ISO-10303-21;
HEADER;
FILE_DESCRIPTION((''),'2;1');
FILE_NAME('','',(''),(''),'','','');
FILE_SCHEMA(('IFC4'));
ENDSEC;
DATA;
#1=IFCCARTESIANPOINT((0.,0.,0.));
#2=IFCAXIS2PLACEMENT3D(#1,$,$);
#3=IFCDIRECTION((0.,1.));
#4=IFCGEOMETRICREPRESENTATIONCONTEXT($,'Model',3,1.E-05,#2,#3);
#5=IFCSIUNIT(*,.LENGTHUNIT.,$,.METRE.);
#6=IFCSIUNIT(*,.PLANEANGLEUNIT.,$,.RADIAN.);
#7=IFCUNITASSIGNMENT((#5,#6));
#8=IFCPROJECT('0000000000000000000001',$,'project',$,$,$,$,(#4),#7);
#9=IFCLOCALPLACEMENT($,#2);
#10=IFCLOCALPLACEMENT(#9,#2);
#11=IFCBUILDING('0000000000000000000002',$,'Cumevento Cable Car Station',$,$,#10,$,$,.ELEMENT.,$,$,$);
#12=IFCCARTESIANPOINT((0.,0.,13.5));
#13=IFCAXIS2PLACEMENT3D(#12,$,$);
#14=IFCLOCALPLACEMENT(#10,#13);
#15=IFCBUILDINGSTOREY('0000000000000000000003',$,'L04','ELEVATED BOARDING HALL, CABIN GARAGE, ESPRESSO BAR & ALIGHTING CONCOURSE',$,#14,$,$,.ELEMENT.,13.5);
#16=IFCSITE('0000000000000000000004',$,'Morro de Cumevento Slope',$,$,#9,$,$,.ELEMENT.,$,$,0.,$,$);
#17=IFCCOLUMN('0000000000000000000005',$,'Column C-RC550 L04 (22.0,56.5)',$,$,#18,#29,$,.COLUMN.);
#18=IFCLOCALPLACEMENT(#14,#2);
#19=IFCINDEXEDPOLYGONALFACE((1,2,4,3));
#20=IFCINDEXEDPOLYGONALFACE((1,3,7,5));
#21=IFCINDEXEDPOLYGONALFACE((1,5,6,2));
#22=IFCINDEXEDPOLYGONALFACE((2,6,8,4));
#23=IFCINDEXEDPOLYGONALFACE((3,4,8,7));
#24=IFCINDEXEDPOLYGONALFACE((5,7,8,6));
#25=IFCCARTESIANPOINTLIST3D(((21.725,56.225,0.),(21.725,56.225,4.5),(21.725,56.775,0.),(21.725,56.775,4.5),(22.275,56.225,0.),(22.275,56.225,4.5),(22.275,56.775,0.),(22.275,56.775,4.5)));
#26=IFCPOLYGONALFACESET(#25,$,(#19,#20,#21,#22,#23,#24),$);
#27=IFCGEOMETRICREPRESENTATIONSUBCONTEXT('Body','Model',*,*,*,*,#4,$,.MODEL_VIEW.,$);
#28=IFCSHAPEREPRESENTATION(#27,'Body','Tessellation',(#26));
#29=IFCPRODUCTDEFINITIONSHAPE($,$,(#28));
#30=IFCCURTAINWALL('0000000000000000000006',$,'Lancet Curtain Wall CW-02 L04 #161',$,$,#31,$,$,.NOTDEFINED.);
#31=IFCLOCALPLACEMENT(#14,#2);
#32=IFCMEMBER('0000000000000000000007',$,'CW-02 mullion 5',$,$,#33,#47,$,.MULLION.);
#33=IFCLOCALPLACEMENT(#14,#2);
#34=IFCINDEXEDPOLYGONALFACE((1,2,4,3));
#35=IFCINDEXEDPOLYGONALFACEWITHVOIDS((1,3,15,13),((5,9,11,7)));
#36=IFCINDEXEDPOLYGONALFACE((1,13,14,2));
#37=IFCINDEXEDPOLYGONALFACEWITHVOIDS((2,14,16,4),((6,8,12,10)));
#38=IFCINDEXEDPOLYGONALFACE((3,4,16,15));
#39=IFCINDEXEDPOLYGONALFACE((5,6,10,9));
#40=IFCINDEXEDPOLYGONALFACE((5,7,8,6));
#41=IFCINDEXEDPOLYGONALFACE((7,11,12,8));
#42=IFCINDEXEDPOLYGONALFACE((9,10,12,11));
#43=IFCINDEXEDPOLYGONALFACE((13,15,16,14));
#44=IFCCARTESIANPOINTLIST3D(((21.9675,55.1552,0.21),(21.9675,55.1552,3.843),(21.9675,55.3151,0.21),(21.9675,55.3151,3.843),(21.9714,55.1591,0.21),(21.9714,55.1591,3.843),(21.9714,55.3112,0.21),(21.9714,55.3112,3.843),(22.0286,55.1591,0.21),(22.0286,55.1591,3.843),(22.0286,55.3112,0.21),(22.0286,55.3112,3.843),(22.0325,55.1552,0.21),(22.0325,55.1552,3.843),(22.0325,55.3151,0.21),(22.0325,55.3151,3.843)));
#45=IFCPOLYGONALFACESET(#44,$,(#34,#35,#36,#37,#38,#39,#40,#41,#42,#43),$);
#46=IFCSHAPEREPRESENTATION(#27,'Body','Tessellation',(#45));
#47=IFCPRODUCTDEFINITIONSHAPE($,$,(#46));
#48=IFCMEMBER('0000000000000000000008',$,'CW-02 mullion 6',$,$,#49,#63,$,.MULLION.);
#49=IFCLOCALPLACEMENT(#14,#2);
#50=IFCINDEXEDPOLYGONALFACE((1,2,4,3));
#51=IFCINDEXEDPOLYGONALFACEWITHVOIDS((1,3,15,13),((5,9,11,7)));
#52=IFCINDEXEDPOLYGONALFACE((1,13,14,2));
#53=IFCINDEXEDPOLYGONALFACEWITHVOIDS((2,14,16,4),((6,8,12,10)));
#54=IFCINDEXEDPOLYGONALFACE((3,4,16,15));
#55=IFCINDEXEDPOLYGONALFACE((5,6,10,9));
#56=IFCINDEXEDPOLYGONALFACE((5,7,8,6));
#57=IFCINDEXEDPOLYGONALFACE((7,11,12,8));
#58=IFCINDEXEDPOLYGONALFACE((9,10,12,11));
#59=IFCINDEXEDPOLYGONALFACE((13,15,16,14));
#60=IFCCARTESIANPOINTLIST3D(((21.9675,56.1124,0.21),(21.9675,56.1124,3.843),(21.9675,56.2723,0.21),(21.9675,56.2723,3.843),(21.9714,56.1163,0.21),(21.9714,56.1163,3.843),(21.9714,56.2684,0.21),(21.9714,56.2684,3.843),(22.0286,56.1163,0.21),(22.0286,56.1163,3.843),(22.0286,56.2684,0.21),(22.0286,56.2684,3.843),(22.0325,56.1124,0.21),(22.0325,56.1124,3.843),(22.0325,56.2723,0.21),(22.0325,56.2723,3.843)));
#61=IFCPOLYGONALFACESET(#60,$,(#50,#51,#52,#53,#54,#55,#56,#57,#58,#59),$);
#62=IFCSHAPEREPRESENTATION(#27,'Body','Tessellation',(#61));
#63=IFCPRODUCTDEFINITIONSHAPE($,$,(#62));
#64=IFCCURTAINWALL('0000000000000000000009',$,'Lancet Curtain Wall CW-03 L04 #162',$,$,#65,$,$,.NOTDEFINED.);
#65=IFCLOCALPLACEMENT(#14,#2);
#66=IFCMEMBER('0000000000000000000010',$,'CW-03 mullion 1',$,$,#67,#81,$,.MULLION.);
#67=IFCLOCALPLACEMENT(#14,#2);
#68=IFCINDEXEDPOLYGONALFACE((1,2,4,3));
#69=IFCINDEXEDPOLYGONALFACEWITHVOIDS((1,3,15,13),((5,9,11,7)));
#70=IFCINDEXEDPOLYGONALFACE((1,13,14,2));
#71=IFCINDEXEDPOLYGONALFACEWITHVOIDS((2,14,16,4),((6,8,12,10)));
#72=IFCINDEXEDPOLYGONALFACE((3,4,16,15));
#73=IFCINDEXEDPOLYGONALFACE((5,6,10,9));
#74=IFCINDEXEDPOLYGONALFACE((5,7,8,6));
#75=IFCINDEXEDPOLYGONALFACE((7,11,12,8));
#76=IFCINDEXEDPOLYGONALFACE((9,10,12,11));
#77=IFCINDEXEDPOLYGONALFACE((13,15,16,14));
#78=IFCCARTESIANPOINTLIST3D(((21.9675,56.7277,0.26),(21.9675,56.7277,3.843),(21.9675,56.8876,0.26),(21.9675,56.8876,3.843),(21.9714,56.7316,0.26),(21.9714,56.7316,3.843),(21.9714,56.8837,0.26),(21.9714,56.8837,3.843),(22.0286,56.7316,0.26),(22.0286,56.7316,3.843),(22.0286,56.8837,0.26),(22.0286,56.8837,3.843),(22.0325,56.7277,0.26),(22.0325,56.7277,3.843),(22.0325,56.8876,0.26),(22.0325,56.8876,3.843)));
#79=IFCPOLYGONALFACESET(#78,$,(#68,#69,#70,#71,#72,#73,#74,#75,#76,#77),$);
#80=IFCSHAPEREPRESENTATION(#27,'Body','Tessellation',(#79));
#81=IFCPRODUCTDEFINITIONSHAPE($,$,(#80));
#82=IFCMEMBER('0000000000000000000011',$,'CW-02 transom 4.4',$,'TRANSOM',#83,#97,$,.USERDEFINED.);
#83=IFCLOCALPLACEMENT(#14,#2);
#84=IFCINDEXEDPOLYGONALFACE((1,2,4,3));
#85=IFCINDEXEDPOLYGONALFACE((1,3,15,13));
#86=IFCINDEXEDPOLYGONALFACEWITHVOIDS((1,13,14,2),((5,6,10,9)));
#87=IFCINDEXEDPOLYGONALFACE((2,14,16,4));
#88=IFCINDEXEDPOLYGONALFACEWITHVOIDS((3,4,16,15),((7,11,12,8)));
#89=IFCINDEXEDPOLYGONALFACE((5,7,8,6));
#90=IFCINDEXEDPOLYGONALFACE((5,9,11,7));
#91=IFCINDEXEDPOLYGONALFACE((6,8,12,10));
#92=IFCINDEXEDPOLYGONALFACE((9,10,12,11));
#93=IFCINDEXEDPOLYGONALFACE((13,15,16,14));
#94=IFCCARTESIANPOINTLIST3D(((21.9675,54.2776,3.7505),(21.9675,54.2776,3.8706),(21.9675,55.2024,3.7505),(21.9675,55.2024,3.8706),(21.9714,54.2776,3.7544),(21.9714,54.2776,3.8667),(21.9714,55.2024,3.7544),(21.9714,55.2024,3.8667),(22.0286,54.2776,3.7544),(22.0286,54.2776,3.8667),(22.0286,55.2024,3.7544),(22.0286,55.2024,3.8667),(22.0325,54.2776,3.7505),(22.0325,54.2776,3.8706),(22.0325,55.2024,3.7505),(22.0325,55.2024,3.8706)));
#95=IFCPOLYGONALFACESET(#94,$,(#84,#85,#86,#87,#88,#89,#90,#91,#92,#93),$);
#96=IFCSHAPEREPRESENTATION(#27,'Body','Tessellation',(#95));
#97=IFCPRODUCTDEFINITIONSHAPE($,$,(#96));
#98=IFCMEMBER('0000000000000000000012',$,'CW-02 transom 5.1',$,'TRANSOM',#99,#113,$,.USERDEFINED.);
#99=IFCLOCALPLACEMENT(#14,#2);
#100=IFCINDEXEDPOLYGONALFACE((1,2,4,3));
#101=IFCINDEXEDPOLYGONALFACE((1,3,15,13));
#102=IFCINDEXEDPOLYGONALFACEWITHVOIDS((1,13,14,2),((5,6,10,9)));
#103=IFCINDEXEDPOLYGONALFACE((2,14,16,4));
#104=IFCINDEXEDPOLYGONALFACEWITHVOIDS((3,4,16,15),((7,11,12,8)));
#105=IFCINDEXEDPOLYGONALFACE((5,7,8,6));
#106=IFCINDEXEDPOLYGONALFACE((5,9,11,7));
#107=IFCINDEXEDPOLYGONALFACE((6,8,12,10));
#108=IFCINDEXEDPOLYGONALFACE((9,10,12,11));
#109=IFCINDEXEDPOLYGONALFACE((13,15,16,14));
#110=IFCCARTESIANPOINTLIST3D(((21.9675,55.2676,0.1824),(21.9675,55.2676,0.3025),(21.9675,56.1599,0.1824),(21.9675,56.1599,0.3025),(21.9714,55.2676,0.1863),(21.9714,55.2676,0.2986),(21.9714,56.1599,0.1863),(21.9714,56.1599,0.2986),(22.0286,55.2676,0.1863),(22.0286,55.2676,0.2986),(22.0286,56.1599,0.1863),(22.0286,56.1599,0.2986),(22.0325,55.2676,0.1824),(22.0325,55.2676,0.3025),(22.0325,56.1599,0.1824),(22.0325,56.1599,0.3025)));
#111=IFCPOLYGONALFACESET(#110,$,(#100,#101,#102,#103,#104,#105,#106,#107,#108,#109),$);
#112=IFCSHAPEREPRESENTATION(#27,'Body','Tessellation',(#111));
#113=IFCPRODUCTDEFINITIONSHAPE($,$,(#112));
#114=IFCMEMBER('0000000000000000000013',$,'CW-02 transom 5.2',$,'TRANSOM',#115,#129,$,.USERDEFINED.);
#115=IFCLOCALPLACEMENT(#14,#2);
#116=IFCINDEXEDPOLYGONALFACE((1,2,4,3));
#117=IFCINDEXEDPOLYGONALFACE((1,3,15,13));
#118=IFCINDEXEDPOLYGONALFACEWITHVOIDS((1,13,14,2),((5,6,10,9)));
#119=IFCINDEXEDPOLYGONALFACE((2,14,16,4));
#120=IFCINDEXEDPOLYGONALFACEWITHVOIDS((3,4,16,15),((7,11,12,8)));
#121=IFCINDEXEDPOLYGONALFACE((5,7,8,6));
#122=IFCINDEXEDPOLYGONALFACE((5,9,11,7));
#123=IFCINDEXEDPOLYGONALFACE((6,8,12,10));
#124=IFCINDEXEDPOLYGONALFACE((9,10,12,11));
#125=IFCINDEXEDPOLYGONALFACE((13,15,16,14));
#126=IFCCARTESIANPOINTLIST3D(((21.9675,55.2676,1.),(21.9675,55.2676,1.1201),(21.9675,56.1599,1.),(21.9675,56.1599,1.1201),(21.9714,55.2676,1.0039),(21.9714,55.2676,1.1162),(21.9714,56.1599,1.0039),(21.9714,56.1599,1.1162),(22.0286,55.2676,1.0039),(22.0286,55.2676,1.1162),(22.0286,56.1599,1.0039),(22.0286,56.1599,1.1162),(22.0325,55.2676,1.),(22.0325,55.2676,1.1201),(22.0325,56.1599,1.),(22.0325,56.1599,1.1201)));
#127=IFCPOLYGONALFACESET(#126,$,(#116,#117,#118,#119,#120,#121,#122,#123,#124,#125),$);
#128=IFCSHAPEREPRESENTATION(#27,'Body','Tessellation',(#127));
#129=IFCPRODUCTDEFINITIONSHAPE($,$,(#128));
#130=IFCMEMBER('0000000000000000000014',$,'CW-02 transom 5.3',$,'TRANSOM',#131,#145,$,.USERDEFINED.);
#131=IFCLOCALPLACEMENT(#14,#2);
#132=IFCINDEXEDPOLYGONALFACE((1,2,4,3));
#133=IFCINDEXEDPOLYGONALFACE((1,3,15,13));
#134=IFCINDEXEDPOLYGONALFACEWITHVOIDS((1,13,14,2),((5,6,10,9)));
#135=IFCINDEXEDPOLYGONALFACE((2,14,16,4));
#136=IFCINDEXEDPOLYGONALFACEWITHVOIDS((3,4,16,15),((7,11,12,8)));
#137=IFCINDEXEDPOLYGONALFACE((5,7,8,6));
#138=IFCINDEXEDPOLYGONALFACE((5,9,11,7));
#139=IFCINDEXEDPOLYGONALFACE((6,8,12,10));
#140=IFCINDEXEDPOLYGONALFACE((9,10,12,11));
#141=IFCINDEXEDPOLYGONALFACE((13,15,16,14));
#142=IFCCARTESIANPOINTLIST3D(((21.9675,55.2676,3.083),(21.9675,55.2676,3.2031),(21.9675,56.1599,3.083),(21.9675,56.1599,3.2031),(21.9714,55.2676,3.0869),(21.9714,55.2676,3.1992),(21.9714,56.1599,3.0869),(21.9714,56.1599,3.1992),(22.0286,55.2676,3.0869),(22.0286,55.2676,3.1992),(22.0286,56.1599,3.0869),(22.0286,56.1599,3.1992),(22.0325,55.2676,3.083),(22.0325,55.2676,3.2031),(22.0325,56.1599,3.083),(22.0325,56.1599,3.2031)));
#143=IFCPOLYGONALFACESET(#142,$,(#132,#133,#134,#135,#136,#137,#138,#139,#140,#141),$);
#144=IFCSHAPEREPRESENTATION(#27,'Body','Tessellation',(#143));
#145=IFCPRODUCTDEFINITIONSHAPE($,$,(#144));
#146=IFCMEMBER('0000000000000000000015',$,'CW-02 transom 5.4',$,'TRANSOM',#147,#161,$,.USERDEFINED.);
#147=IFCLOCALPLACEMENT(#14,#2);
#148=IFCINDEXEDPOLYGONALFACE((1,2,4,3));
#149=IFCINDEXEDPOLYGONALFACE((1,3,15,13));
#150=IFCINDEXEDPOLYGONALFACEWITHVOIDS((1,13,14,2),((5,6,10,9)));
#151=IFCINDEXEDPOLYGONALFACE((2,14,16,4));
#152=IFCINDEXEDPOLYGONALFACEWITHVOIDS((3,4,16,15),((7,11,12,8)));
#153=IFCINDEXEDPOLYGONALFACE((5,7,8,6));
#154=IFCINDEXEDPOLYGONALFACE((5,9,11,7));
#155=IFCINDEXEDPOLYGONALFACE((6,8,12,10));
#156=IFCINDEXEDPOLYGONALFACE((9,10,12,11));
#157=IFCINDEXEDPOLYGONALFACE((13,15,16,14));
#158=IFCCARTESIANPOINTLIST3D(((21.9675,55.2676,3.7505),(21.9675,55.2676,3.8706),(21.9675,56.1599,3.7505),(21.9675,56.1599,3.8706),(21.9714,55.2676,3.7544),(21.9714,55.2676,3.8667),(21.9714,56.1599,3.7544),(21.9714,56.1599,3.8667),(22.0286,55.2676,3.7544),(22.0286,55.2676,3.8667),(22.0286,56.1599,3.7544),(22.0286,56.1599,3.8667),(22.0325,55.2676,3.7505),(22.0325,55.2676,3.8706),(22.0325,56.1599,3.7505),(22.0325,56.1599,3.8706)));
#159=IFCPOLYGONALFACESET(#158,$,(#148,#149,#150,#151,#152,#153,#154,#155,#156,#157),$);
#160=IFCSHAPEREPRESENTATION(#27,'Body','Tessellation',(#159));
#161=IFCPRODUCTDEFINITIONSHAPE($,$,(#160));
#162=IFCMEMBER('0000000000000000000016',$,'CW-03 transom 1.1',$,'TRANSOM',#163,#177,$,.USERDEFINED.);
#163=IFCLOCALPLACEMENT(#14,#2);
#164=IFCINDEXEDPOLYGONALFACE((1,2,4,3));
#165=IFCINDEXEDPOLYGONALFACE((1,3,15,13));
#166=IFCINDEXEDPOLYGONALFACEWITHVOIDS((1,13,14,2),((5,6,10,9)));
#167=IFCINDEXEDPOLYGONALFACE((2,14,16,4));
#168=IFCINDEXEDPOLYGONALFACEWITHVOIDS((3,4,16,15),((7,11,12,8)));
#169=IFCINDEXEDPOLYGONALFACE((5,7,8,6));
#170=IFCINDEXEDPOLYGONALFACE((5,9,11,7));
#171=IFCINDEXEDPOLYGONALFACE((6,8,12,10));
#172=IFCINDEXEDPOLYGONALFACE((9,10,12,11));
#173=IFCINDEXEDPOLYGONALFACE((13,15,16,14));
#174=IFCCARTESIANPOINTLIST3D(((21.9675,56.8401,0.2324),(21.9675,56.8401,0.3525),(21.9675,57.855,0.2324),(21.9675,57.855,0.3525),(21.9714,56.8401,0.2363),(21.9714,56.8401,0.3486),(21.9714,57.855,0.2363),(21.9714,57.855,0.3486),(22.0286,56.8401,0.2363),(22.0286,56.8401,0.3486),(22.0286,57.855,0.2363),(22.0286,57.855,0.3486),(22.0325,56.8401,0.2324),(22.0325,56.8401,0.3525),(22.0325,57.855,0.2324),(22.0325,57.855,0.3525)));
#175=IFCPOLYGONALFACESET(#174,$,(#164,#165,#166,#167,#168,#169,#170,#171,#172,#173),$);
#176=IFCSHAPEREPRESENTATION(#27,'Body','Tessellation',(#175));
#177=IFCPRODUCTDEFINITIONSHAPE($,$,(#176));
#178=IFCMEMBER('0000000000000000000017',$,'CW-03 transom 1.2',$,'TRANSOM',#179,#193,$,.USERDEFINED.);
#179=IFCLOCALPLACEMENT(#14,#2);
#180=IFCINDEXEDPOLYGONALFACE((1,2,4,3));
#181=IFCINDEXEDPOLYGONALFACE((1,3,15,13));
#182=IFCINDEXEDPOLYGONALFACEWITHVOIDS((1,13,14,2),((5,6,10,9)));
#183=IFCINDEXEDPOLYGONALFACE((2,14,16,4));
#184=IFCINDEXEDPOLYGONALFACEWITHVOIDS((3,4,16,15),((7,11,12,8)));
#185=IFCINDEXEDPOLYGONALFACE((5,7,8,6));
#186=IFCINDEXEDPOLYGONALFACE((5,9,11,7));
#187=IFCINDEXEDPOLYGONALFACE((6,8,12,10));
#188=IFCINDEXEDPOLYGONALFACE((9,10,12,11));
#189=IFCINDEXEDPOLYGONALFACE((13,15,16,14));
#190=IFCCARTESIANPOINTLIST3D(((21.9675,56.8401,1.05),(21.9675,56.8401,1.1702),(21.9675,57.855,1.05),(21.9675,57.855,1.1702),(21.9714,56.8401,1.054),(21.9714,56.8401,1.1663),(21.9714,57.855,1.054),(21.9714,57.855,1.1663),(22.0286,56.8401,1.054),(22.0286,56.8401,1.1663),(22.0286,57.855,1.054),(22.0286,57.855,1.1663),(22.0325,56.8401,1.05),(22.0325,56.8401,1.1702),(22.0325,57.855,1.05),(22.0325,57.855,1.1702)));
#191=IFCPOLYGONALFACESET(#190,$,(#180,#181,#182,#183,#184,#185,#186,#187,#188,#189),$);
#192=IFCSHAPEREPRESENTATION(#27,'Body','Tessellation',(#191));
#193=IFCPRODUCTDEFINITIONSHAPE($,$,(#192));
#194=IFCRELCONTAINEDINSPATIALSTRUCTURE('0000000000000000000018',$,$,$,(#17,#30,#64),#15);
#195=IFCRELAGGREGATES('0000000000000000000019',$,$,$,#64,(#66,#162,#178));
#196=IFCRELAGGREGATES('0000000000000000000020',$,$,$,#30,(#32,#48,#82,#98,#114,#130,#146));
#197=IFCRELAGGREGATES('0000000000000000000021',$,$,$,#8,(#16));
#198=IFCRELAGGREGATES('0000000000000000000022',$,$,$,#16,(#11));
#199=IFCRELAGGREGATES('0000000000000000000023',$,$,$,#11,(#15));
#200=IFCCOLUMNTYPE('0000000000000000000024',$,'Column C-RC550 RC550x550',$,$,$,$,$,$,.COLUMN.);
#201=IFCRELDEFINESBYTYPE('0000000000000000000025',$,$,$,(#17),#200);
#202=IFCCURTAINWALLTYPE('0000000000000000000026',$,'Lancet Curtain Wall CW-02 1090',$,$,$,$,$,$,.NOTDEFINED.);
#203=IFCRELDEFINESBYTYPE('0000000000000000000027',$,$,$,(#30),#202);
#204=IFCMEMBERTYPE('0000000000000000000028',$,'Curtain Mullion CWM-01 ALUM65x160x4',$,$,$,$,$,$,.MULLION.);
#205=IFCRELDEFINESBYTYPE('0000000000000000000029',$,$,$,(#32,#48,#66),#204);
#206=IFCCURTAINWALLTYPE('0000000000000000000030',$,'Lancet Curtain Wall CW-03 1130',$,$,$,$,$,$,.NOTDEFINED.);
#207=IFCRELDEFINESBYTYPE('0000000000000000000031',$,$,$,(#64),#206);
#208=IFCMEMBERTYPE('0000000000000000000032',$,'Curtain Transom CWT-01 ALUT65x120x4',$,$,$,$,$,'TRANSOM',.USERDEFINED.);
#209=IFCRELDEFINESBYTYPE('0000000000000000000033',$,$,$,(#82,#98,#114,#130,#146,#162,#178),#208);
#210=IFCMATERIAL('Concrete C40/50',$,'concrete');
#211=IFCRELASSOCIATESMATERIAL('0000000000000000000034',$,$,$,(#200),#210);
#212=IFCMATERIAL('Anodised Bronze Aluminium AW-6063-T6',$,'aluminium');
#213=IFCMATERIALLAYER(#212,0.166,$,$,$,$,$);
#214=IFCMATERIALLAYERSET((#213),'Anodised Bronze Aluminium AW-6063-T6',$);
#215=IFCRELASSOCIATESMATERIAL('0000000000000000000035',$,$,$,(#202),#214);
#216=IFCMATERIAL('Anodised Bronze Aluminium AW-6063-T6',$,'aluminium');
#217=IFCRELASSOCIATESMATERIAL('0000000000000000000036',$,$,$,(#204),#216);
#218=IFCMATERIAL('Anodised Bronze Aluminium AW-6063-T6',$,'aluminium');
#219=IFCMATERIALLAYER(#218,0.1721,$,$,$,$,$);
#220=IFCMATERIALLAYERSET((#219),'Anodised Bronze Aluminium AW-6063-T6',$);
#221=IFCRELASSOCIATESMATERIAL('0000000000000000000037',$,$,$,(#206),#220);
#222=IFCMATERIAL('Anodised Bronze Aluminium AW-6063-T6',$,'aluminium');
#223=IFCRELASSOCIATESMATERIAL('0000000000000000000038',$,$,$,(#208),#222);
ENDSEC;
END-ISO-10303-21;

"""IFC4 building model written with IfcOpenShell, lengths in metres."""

from ifc_helpers import new_model, si_unit, direction, frame, origin, origin_2d, place, context, subcontext, project, spatial, rectangle, hollow_rectangle, extrude, material, layer, layer_set, material_profile, profile_set, type_object, element, aggregate, save


model = new_model("IFC4")

# Units and contexts
model_context = context("Model", 3, precision=1e-05, world=origin(), true_north=direction((0.0, 1.0)))
body_context = subcontext(model_context, "Body", "Model", "MODEL_VIEW")
ifc_project = project(units=[si_unit("LENGTHUNIT", "METRE"), si_unit("PLANEANGLEUNIT", "RADIAN")], contexts=[model_context])

# Site, building, storey
site_placement = place(None, origin())
site = spatial("IfcSite", under=ifc_project, at=site_placement, Name="Morro de Cumevento Slope", CompositionType="ELEMENT", RefElevation=0.0)
building_placement = place(site_placement, origin())
building = spatial("IfcBuilding", under=site, at=building_placement, Name="Cumevento Cable Car Station", CompositionType="ELEMENT")
storey_placement = place(building_placement, frame((0.0, 0.0, 13.5)))
storey = spatial("IfcBuildingStorey", under=building, at=storey_placement, Name="L04", Description="ELEVATED BOARDING HALL, CABIN GARAGE, ESPRESSO BAR & ALIGHTING CONCOURSE", CompositionType="ELEMENT", Elevation=13.5)

# Column
ifc_material_1 = material(Name="Concrete C40/50", Category="concrete")
ifc_material_profile_1 = material_profile(ifc_material_1, rectangle(XDim=0.55, YDim=0.55, at=origin_2d()), Name="RC550x550")
ifc_profile_set_1 = profile_set([ifc_material_profile_1], Name="Concrete C40/50")
column_type = type_object("IfcColumnType", Name="Column C-RC550 RC550x550", PredefinedType="COLUMN", material=ifc_profile_set_1)
column_placement = place(storey_placement, frame((22.0, 56.5, 0.0), z_axis=(0.0, 0.0, 1.0), x_axis=(1.0, 0.0, 0.0)))
element("IfcColumn", 1, at=column_placement, inside=storey, type_object=column_type, Name="Column C-RC550 L04 (22.0,56.5)", PredefinedType="COLUMN", context=body_context, shape_type="SweptSolid", body=[
    extrude(rectangle(XDim=0.55, YDim=0.55, at=origin_2d()), origin(), (0.0, 0.0, 1.0), 4.5),
])

# Curtain wall, members
ifc_material_2 = material(Name="Anodised Bronze Aluminium AW-6063-T6", Category="aluminium")
ifc_layer_1 = layer(ifc_material_2, 0.166)
ifc_layer_set_1 = layer_set([ifc_layer_1], Name="Anodised Bronze Aluminium AW-6063-T6")
curtain_wall_type_1 = type_object("IfcCurtainWallType", Name="Lancet Curtain Wall CW-02 1090", PredefinedType="NOTDEFINED", material=ifc_layer_set_1)
curtain_wall_1_placement = place(storey_placement, origin())
curtain_wall_1 = element("IfcCurtainWall", 2, at=curtain_wall_1_placement, inside=storey, type_object=curtain_wall_type_1, Name="Lancet Curtain Wall CW-02 L04 #161", PredefinedType="NOTDEFINED")
ifc_material_3 = material(Name="Anodised Bronze Aluminium AW-6063-T6", Category="aluminium")
ifc_material_profile_2 = material_profile(ifc_material_3, hollow_rectangle(XDim=0.0649, YDim=0.1599, WallThickness=0.0039, at=origin_2d()), Name="ALUM65x160x4")
ifc_profile_set_2 = profile_set([ifc_material_profile_2], Name="Anodised Bronze Aluminium AW-6063-T6")
member_type_1 = type_object("IfcMemberType", Name="Curtain Mullion CWM-01 ALUM65x160x4", PredefinedType="MULLION", material=ifc_profile_set_2)
member_1_placement = place(storey_placement, frame((22.0, 55.2351, 0.21), z_axis=(0.0, 0.0, 1.0), x_axis=(-1.0, 0.0, 0.0)))
member_1 = element("IfcMember", 3, at=member_1_placement, type_object=member_type_1, Name="CW-02 mullion 5", PredefinedType="MULLION", context=body_context, shape_type="SweptSolid", body=[
    extrude(hollow_rectangle(XDim=0.0649, YDim=0.1599, WallThickness=0.0039, at=origin_2d()), origin(), (0.0, 0.0, 1.0), 3.6331),
])
member_2_placement = place(storey_placement, frame((22.0, 56.1924, 0.21), z_axis=(0.0, 0.0, 1.0), x_axis=(-1.0, 0.0, 0.0)))
member_2 = element("IfcMember", 4, at=member_2_placement, type_object=member_type_1, Name="CW-02 mullion 6", PredefinedType="MULLION", context=body_context, shape_type="SweptSolid", body=[
    extrude(hollow_rectangle(XDim=0.0649, YDim=0.1599, WallThickness=0.0039, at=origin_2d()), origin(), (0.0, 0.0, 1.0), 3.6331),
])

# Curtain wall, member
ifc_material_4 = material(Name="Anodised Bronze Aluminium AW-6063-T6", Category="aluminium")
ifc_layer_2 = layer(ifc_material_4, 0.1721)
ifc_layer_set_2 = layer_set([ifc_layer_2], Name="Anodised Bronze Aluminium AW-6063-T6")
curtain_wall_type_2 = type_object("IfcCurtainWallType", Name="Lancet Curtain Wall CW-03 1130", PredefinedType="NOTDEFINED", material=ifc_layer_set_2)
curtain_wall_2_placement = place(storey_placement, origin())
curtain_wall_2 = element("IfcCurtainWall", 5, at=curtain_wall_2_placement, inside=storey, type_object=curtain_wall_type_2, Name="Lancet Curtain Wall CW-03 L04 #162", PredefinedType="NOTDEFINED")
member_3_placement = place(storey_placement, frame((22.0, 56.8076, 0.26), z_axis=(0.0, 0.0, 1.0), x_axis=(-1.0, 0.0, 0.0)))
member_3 = element("IfcMember", 6, at=member_3_placement, type_object=member_type_1, Name="CW-03 mullion 1", PredefinedType="MULLION", context=body_context, shape_type="SweptSolid", body=[
    extrude(hollow_rectangle(XDim=0.0649, YDim=0.1599, WallThickness=0.0039, at=origin_2d()), origin(), (0.0, 0.0, 1.0), 3.583),
])

# Members
ifc_material_5 = material(Name="Anodised Bronze Aluminium AW-6063-T6", Category="aluminium")
ifc_material_profile_3 = material_profile(ifc_material_5, hollow_rectangle(XDim=0.0649, YDim=0.1201, WallThickness=0.0039, at=origin_2d()), Name="ALUT65x120x4")
ifc_profile_set_3 = profile_set([ifc_material_profile_3], Name="Anodised Bronze Aluminium AW-6063-T6")
member_type_2 = type_object("IfcMemberType", Name="Curtain Transom CWT-01 ALUT65x120x4", ElementType="TRANSOM", PredefinedType="USERDEFINED", material=ifc_profile_set_3)
member_4_placement = place(storey_placement, frame((22.0, 54.2776, 3.8105), z_axis=(0.0, 1.0, 0.0), x_axis=(-1.0, 0.0, 0.0)))
member_4 = element("IfcMember", 7, at=member_4_placement, type_object=member_type_2, Name="CW-02 transom 4.4", ObjectType="TRANSOM", PredefinedType="USERDEFINED", context=body_context, shape_type="SweptSolid", body=[
    extrude(hollow_rectangle(XDim=0.0649, YDim=0.1201, WallThickness=0.0039, at=origin_2d()), origin(), (0.0, 0.0, 1.0), 0.9248),
])
member_5_placement = place(storey_placement, frame((22.0, 55.2676, 0.2424), z_axis=(0.0, 1.0, 0.0), x_axis=(-1.0, 0.0, 0.0)))
member_5 = element("IfcMember", 8, at=member_5_placement, type_object=member_type_2, Name="CW-02 transom 5.1", ObjectType="TRANSOM", PredefinedType="USERDEFINED", context=body_context, shape_type="SweptSolid", body=[
    extrude(hollow_rectangle(XDim=0.0649, YDim=0.1201, WallThickness=0.0039, at=origin_2d()), origin(), (0.0, 0.0, 1.0), 0.8923),
])
member_6_placement = place(storey_placement, frame((22.0, 55.2676, 1.0601), z_axis=(0.0, 1.0, 0.0), x_axis=(-1.0, 0.0, 0.0)))
member_6 = element("IfcMember", 9, at=member_6_placement, type_object=member_type_2, Name="CW-02 transom 5.2", ObjectType="TRANSOM", PredefinedType="USERDEFINED", context=body_context, shape_type="SweptSolid", body=[
    extrude(hollow_rectangle(XDim=0.0649, YDim=0.1201, WallThickness=0.0039, at=origin_2d()), origin(), (0.0, 0.0, 1.0), 0.8923),
])
member_7_placement = place(storey_placement, frame((22.0, 55.2676, 3.1431), z_axis=(0.0, 1.0, 0.0), x_axis=(-1.0, 0.0, 0.0)))
member_7 = element("IfcMember", 10, at=member_7_placement, type_object=member_type_2, Name="CW-02 transom 5.3", ObjectType="TRANSOM", PredefinedType="USERDEFINED", context=body_context, shape_type="SweptSolid", body=[
    extrude(hollow_rectangle(XDim=0.0649, YDim=0.1201, WallThickness=0.0039, at=origin_2d()), origin(), (0.0, 0.0, 1.0), 0.8923),
])
member_8_placement = place(storey_placement, frame((22.0, 55.2676, 3.8105), z_axis=(0.0, 1.0, 0.0), x_axis=(-1.0, 0.0, 0.0)))
member_8 = element("IfcMember", 11, at=member_8_placement, type_object=member_type_2, Name="CW-02 transom 5.4", ObjectType="TRANSOM", PredefinedType="USERDEFINED", context=body_context, shape_type="SweptSolid", body=[
    extrude(hollow_rectangle(XDim=0.0649, YDim=0.1201, WallThickness=0.0039, at=origin_2d()), origin(), (0.0, 0.0, 1.0), 0.8923),
])
member_9_placement = place(storey_placement, frame((22.0, 56.8401, 0.2925), z_axis=(0.0, 1.0, 0.0), x_axis=(-1.0, 0.0, 0.0)))
member_9 = element("IfcMember", 12, at=member_9_placement, type_object=member_type_2, Name="CW-03 transom 1.1", ObjectType="TRANSOM", PredefinedType="USERDEFINED", context=body_context, shape_type="SweptSolid", body=[
    extrude(hollow_rectangle(XDim=0.0649, YDim=0.1201, WallThickness=0.0039, at=origin_2d()), origin(), (0.0, 0.0, 1.0), 1.0149),
])
member_10_placement = place(storey_placement, frame((22.0, 56.8401, 1.1101), z_axis=(0.0, 1.0, 0.0), x_axis=(-1.0, 0.0, 0.0)))
member_10 = element("IfcMember", 13, at=member_10_placement, type_object=member_type_2, Name="CW-03 transom 1.2", ObjectType="TRANSOM", PredefinedType="USERDEFINED", context=body_context, shape_type="SweptSolid", body=[
    extrude(hollow_rectangle(XDim=0.0649, YDim=0.1201, WallThickness=0.0039, at=origin_2d()), origin(), (0.0, 0.0, 1.0), 1.0149),
])
aggregate(curtain_wall_2, [member_3, member_9, member_10])

aggregate(curtain_wall_1, [member_1, member_2, member_4, member_5, member_6, member_7, member_8])

save(model, "model.ifc")
